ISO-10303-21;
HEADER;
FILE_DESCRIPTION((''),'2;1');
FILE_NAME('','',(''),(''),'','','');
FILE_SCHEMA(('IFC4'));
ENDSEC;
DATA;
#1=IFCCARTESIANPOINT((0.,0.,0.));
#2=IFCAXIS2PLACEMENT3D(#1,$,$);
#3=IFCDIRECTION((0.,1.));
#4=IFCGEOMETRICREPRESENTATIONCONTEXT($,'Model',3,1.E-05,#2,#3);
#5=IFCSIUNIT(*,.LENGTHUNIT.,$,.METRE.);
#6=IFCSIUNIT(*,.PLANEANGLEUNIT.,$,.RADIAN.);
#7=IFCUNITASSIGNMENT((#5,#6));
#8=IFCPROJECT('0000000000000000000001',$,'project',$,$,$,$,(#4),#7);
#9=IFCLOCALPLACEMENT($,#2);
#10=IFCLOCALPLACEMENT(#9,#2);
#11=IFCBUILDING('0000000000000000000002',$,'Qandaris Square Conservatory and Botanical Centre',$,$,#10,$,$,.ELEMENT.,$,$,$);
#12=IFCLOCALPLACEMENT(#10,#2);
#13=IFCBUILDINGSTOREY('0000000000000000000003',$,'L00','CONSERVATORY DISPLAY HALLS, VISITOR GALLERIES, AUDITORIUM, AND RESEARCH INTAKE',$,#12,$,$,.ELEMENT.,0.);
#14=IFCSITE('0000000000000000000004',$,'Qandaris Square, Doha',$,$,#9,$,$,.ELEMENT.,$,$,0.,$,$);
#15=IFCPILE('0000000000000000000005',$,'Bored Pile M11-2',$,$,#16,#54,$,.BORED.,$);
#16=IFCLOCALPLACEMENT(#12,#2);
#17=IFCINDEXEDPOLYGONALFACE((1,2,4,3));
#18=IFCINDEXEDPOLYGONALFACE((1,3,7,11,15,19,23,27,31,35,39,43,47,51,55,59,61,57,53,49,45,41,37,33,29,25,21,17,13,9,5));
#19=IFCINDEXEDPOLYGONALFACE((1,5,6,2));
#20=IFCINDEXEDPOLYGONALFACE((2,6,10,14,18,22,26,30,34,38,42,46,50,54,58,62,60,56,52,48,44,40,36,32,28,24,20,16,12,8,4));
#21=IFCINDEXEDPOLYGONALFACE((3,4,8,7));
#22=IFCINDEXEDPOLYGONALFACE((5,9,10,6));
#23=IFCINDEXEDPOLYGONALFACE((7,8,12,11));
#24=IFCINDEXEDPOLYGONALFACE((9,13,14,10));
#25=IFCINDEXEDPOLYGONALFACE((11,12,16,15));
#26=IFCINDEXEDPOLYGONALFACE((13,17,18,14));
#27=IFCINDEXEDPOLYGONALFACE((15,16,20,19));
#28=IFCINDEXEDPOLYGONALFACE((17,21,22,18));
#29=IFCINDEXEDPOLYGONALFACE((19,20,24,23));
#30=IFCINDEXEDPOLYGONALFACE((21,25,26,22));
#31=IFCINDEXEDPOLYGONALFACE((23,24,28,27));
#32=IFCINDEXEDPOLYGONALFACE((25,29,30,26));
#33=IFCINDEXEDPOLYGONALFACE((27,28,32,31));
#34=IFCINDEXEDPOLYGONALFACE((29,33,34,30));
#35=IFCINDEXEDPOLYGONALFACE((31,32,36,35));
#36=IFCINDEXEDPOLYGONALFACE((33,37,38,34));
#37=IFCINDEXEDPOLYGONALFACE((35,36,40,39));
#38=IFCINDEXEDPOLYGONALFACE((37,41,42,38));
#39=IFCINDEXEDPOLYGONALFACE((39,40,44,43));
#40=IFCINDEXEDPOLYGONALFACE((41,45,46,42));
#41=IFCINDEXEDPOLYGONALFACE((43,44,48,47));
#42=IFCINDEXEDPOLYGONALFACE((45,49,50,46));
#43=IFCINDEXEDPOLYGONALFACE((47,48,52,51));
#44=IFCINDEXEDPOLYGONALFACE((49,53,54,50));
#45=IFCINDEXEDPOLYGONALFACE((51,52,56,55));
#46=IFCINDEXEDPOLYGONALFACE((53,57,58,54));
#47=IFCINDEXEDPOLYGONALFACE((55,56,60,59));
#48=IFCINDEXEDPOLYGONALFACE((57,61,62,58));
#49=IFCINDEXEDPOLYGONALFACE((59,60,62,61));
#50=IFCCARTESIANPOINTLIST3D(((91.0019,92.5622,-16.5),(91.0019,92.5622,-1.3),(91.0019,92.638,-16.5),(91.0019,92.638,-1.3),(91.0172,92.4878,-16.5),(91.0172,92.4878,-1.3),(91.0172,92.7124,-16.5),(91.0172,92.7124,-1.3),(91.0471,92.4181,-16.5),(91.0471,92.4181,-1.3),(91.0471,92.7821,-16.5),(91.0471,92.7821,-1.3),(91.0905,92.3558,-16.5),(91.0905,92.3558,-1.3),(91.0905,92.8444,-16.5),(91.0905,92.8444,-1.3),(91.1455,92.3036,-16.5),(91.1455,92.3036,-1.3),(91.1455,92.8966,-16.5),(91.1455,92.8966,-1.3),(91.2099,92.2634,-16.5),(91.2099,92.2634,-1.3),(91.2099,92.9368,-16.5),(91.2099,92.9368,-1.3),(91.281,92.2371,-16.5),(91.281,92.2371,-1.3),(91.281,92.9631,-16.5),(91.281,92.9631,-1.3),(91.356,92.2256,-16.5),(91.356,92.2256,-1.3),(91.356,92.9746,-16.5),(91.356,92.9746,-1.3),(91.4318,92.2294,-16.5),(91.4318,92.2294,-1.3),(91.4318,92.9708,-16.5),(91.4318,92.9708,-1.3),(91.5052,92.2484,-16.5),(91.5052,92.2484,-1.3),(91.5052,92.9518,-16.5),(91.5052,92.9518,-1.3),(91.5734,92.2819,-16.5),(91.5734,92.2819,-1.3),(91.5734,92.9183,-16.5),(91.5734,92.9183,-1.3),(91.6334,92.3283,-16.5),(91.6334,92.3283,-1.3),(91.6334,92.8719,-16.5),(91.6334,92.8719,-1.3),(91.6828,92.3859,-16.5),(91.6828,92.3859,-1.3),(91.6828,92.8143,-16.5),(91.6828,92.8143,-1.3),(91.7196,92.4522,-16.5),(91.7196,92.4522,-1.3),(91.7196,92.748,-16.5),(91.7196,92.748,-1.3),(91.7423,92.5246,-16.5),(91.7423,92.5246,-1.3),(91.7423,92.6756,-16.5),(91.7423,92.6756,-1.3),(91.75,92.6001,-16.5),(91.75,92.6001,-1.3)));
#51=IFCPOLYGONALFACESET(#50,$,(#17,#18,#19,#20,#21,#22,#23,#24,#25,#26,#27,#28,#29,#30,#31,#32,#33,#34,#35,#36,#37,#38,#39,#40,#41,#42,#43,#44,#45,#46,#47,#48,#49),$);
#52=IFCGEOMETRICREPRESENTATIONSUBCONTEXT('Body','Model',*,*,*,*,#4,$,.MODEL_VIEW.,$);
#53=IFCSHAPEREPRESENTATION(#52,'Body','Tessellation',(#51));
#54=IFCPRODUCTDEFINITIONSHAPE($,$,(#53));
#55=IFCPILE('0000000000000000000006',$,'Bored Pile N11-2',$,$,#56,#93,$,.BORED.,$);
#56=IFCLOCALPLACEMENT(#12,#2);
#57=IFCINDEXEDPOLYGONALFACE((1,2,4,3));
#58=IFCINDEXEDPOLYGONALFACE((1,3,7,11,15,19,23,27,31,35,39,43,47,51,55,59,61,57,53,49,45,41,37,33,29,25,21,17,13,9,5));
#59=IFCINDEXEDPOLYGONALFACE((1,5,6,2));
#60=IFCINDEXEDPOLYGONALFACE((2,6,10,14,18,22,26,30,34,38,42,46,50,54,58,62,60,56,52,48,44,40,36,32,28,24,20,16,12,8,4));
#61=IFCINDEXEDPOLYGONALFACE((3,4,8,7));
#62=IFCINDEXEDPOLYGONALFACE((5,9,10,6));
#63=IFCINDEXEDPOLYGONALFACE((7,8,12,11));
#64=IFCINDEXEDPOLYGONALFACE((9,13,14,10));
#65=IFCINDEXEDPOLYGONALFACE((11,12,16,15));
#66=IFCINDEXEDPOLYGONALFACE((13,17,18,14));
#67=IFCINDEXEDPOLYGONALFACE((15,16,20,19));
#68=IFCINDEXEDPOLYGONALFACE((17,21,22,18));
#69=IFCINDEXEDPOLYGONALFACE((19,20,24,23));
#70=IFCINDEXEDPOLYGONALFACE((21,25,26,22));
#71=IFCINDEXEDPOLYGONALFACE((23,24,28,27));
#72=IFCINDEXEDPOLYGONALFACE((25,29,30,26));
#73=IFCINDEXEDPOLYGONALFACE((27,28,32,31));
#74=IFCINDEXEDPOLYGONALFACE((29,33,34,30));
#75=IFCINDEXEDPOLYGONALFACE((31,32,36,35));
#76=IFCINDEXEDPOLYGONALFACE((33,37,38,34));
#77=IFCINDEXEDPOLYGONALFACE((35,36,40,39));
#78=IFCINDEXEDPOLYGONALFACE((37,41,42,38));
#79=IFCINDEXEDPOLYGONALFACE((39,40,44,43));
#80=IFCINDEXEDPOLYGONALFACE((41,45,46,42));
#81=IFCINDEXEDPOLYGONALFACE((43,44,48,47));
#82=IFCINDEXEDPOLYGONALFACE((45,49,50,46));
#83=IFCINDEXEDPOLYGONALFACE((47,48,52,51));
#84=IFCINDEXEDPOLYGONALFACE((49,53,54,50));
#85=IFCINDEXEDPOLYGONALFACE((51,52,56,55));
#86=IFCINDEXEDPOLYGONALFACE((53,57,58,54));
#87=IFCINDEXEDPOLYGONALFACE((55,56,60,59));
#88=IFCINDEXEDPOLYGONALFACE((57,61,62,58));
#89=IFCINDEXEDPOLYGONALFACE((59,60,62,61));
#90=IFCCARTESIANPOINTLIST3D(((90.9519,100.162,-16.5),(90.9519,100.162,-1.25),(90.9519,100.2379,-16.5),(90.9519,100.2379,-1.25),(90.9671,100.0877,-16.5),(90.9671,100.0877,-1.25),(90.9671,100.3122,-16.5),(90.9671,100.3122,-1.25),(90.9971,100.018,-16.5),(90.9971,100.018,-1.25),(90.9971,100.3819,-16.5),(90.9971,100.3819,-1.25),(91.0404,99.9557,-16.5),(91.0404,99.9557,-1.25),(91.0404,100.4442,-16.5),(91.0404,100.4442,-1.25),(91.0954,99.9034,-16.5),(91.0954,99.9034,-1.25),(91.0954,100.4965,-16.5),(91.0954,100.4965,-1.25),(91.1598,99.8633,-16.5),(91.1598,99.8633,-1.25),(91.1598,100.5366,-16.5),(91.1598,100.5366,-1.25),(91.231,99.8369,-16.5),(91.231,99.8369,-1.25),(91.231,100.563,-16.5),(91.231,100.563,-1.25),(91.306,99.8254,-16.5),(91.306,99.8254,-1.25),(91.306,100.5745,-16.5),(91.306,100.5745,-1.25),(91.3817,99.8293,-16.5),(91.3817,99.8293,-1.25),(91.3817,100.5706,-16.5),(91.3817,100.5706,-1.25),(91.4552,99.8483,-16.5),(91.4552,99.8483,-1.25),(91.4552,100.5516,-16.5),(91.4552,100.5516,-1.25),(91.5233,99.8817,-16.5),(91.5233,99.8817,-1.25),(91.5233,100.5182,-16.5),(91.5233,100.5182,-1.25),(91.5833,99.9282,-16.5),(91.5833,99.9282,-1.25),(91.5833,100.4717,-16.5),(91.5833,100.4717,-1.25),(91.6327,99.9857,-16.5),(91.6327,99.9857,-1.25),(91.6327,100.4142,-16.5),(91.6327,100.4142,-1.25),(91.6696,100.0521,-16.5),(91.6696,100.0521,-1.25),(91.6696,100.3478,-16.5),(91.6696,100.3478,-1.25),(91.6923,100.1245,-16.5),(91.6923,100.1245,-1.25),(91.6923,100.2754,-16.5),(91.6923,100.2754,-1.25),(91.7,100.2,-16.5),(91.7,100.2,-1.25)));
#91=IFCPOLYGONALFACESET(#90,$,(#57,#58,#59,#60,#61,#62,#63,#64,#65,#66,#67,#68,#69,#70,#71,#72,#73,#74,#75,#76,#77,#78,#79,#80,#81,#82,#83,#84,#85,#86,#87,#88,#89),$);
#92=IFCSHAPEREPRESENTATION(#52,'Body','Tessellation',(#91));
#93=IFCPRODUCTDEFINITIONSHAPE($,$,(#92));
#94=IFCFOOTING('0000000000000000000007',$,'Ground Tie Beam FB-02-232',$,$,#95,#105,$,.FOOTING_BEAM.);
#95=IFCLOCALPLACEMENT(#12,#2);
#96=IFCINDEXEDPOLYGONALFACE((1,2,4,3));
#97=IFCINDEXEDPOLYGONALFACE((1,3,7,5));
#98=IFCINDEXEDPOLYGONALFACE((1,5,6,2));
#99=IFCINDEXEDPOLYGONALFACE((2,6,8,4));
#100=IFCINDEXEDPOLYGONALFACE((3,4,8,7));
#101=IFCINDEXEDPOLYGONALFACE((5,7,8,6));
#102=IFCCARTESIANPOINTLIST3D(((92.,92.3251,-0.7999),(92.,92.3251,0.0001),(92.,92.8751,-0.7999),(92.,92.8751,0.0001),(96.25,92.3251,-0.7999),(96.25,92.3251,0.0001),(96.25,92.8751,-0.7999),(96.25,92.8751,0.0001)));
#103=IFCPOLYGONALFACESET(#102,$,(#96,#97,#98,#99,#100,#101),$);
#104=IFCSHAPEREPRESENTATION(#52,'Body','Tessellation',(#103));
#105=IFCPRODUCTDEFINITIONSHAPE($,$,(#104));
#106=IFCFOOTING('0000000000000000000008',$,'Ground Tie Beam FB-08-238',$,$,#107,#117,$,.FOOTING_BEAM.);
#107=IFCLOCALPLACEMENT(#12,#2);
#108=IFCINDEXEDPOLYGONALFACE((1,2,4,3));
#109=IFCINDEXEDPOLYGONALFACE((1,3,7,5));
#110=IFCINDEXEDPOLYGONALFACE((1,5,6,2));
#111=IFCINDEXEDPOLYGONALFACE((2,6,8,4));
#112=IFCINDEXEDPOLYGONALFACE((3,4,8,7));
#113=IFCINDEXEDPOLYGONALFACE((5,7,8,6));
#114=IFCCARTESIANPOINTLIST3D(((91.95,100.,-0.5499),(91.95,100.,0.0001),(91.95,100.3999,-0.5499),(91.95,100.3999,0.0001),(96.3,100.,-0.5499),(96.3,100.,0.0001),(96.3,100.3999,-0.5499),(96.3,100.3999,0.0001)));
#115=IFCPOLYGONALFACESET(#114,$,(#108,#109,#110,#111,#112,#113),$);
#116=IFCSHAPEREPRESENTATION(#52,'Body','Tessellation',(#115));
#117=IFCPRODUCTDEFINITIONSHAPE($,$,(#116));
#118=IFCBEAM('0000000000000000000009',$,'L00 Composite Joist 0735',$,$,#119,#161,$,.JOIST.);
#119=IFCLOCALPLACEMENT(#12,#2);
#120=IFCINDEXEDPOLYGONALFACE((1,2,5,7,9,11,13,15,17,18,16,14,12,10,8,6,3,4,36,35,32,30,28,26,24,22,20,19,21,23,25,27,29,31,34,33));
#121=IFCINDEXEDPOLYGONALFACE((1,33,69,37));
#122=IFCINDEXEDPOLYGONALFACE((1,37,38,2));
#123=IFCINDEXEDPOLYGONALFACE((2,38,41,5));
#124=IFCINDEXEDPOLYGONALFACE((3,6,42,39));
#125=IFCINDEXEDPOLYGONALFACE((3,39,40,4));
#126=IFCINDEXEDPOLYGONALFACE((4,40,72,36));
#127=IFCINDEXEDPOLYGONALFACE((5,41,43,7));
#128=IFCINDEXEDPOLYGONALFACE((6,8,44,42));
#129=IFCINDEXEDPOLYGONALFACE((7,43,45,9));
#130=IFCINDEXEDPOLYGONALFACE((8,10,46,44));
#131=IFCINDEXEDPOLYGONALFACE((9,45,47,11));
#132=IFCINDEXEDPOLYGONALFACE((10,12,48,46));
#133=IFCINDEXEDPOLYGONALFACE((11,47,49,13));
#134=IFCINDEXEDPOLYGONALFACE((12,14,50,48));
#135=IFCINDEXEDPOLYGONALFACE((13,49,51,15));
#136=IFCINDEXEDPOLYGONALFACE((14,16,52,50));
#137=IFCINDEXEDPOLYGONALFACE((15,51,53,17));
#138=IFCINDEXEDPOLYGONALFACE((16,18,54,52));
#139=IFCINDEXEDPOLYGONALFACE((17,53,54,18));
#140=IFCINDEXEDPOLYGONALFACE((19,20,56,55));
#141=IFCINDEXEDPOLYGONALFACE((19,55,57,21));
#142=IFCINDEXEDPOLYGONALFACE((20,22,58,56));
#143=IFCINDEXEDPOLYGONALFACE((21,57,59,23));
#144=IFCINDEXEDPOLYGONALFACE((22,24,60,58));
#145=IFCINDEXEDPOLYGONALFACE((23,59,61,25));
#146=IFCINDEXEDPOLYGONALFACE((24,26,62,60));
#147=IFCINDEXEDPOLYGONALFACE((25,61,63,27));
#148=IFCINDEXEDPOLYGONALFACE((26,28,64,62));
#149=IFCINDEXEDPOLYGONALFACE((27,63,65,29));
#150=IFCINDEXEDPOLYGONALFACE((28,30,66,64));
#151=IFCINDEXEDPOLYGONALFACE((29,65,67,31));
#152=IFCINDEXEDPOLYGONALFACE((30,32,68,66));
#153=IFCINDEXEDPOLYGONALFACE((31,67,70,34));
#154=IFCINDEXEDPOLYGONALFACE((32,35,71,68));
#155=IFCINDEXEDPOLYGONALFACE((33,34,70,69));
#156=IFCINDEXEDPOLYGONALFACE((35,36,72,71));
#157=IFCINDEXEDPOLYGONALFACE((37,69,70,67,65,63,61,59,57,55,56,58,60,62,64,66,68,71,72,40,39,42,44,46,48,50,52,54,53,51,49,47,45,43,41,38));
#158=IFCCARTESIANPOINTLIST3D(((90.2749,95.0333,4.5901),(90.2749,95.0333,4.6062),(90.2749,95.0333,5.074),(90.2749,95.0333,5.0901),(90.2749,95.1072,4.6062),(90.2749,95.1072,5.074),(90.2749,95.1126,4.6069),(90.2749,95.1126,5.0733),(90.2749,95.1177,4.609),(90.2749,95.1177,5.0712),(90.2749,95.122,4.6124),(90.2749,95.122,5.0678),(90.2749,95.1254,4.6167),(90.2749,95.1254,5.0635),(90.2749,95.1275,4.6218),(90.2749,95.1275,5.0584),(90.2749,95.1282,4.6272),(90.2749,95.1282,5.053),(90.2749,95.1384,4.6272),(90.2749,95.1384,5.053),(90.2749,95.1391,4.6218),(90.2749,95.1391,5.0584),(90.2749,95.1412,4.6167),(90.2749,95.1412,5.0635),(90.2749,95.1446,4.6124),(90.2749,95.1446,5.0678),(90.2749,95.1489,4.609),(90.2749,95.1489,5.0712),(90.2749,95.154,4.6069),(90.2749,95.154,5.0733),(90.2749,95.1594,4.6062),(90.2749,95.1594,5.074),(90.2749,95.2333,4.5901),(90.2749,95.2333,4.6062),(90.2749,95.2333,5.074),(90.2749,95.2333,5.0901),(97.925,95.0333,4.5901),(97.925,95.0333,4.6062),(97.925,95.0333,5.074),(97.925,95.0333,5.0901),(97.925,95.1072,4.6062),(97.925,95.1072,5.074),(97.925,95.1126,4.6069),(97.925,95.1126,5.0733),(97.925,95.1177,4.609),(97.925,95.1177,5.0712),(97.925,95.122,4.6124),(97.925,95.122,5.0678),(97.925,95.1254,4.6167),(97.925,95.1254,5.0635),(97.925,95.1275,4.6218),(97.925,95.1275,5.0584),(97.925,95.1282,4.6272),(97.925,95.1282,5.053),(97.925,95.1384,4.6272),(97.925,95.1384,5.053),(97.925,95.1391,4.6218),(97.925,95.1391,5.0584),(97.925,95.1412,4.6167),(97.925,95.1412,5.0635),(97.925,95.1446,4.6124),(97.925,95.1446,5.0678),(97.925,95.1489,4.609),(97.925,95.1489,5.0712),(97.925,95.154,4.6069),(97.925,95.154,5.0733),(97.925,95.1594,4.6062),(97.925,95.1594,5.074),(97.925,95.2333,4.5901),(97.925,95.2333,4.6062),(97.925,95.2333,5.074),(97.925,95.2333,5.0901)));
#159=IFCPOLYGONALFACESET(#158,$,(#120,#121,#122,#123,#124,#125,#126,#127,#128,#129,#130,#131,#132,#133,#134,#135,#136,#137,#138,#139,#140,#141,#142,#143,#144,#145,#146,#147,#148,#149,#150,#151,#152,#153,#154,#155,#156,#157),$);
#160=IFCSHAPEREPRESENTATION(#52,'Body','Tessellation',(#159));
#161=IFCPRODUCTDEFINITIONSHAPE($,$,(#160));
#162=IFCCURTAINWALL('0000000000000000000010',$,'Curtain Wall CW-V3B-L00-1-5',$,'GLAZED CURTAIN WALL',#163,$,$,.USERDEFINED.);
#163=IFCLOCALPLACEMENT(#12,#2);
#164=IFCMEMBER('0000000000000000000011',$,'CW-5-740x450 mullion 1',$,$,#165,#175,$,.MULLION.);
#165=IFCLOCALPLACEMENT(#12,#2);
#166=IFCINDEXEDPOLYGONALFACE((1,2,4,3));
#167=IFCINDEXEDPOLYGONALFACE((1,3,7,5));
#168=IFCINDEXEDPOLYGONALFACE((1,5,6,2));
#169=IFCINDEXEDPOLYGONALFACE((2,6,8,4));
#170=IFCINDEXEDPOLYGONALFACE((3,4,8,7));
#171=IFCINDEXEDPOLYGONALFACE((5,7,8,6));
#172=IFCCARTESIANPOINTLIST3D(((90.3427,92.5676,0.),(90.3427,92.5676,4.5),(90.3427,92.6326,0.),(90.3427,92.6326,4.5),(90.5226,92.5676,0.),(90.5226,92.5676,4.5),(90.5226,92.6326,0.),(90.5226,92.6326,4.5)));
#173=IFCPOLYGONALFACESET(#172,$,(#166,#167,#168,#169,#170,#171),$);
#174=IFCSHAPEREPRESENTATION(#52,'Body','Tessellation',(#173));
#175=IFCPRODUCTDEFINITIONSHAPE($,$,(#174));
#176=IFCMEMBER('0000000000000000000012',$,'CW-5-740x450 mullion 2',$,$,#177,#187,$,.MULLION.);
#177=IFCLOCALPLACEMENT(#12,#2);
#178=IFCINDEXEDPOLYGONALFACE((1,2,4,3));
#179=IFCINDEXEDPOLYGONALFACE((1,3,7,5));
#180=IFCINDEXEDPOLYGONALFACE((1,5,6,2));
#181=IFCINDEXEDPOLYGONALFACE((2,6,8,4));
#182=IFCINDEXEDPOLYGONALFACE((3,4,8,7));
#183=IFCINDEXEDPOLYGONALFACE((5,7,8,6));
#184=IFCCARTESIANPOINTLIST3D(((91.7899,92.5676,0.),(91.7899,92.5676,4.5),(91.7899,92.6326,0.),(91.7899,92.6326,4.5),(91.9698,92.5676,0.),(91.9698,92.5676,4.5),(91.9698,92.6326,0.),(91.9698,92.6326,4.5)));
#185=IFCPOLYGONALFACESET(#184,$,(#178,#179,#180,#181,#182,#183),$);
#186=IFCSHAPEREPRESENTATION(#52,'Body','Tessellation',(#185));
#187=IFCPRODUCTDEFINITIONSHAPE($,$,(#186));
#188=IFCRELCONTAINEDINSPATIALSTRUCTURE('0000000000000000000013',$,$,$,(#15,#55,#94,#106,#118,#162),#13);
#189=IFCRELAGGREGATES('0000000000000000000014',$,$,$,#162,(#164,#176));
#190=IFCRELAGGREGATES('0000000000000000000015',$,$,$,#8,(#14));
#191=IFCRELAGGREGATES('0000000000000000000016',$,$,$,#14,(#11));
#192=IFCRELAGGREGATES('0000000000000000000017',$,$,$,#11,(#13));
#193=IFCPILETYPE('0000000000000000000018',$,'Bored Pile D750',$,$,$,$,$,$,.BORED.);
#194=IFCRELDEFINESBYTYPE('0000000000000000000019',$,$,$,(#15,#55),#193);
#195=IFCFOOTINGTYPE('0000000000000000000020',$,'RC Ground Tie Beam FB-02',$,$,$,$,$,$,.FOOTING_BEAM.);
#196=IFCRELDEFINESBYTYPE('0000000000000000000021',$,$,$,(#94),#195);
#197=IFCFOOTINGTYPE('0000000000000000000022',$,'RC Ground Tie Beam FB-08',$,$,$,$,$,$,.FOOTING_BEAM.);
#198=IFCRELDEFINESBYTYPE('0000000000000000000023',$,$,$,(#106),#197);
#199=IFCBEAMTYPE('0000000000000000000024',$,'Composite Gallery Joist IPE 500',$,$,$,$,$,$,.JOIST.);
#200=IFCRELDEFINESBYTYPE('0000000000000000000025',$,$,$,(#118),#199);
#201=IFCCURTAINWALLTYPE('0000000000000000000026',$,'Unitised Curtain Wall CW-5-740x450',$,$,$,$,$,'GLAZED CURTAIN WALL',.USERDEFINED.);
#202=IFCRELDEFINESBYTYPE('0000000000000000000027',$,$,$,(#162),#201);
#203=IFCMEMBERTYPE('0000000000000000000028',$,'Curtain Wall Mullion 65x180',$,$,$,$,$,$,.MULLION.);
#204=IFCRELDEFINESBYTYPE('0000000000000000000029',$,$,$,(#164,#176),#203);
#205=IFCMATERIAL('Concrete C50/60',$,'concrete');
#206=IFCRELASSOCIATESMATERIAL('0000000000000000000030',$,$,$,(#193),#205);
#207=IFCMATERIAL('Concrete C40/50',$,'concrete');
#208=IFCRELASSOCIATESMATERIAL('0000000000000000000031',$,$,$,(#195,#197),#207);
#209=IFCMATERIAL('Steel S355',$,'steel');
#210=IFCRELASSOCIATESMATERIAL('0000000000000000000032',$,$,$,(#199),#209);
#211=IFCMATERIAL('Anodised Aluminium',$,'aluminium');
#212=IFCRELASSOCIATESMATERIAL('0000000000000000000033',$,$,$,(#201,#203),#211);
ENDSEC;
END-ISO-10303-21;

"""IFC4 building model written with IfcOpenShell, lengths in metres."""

from ifc_helpers import new_model, si_unit, direction, frame, origin, origin_2d, place, context, subcontext, project, spatial, rectangle, circle, i_section, extrude, material, material_profile, profile_set, type_object, element, aggregate, save


model = new_model("IFC4")

# Units and contexts
model_context = context("Model", 3, precision=1e-05, world=origin(), true_north=direction((0.0, 1.0)))
body_context = subcontext(model_context, "Body", "Model", "MODEL_VIEW")
ifc_project = project(units=[si_unit("LENGTHUNIT", "METRE"), si_unit("PLANEANGLEUNIT", "RADIAN")], contexts=[model_context])

# Site, building, storey
site_placement = place(None, origin())
site = spatial("IfcSite", under=ifc_project, at=site_placement, Name="Qandaris Square, Doha", CompositionType="ELEMENT", RefElevation=0.0)
building_placement = place(site_placement, origin())
building = spatial("IfcBuilding", under=site, at=building_placement, Name="Qandaris Square Conservatory and Botanical Centre", CompositionType="ELEMENT")
storey_placement = place(building_placement, origin())
storey = spatial("IfcBuildingStorey", under=building, at=storey_placement, Name="L00", Description="CONSERVATORY DISPLAY HALLS, VISITOR GALLERIES, AUDITORIUM, AND RESEARCH INTAKE", CompositionType="ELEMENT", Elevation=0.0)

# Piles
ifc_material_1 = material(Name="Concrete C50/60", Category="concrete")
ifc_material_profile_1 = material_profile(ifc_material_1, circle(Radius=0.375, at=origin_2d()), Name="PILE D750")
ifc_profile_set_1 = profile_set([ifc_material_profile_1], Name="Concrete C50/60")
pile_type = type_object("IfcPileType", Name="Bored Pile D750", PredefinedType="BORED", material=ifc_profile_set_1)
pile_1_placement = place(storey_placement, frame((91.375, 92.6001, -1.3), z_axis=(0.0, 0.0, -1.0), x_axis=(1.0, 0.0, 0.0)))
element("IfcPile", 1, at=pile_1_placement, inside=storey, type_object=pile_type, Name="Bored Pile M11-2", PredefinedType="BORED", context=body_context, shape_type="SweptSolid", body=[
    extrude(circle(Radius=0.375, at=origin_2d()), origin(), (0.0, 0.0, 1.0), 15.2),
])
pile_2_placement = place(storey_placement, frame((91.325, 100.2, -1.25), z_axis=(0.0, 0.0, -1.0), x_axis=(1.0, 0.0, 0.0)))
element("IfcPile", 2, at=pile_2_placement, inside=storey, type_object=pile_type, Name="Bored Pile N11-2", PredefinedType="BORED", context=body_context, shape_type="SweptSolid", body=[
    extrude(circle(Radius=0.375, at=origin_2d()), origin(), (0.0, 0.0, 1.0), 15.25),
])

# Footings
ifc_material_2 = material(Name="Concrete C40/50", Category="concrete")
ifc_material_profile_2 = material_profile(ifc_material_2, rectangle(XDim=0.55, YDim=0.8, at=origin_2d()), Name="FB 550x800")
ifc_profile_set_2 = profile_set([ifc_material_profile_2], Name="Concrete C40/50")
footing_type_1 = type_object("IfcFootingType", Name="RC Ground Tie Beam FB-02", PredefinedType="FOOTING_BEAM", material=ifc_profile_set_2)
footing_1_placement = place(storey_placement, frame((92.0, 92.6001, -0.3999), z_axis=(1.0, 0.0, 0.0), x_axis=(0.0, 1.0, 0.0)))
element("IfcFooting", 3, at=footing_1_placement, inside=storey, type_object=footing_type_1, Name="Ground Tie Beam FB-02-232", PredefinedType="FOOTING_BEAM", context=body_context, shape_type="SweptSolid", body=[
    extrude(rectangle(XDim=0.55, YDim=0.8, at=origin_2d()), origin(), (0.0, 0.0, 1.0), 4.25),
])
ifc_material_profile_3 = material_profile(ifc_material_2, rectangle(XDim=0.3999, YDim=0.55, at=origin_2d()), Name="FB 400x550")
ifc_profile_set_3 = profile_set([ifc_material_profile_3], Name="Concrete C40/50")
footing_type_2 = type_object("IfcFootingType", Name="RC Ground Tie Beam FB-08", PredefinedType="FOOTING_BEAM", material=ifc_profile_set_3)
footing_2_placement = place(storey_placement, frame((91.95, 100.2, -0.2749), z_axis=(1.0, 0.0, 0.0), x_axis=(0.0, 1.0, 0.0)))
element("IfcFooting", 4, at=footing_2_placement, inside=storey, type_object=footing_type_2, Name="Ground Tie Beam FB-08-238", PredefinedType="FOOTING_BEAM", context=body_context, shape_type="SweptSolid", body=[
    extrude(rectangle(XDim=0.3999, YDim=0.55, at=origin_2d()), origin(), (0.0, 0.0, 1.0), 4.3501),
])

# Beam
ifc_material_3 = material(Name="Steel S355", Category="steel")
ifc_material_profile_4 = material_profile(ifc_material_3, i_section(OverallWidth=0.2, OverallDepth=0.5, WebThickness=0.0103, FlangeThickness=0.0161, FilletRadius=0.021, at=origin_2d()), Name="IPE 500")
ifc_profile_set_4 = profile_set([ifc_material_profile_4], Name="Steel S355")
beam_type_1 = type_object("IfcBeamType", Name="Composite Gallery Joist IPE 500", PredefinedType="JOIST", material=ifc_profile_set_4)
beam_1_placement = place(storey_placement, frame((90.2749, 95.1333, 4.8401), z_axis=(1.0, 0.0, 0.0), x_axis=(0.0, 1.0, 0.0)))
element("IfcBeam", 5, at=beam_1_placement, inside=storey, type_object=beam_type_1, Name="L00 Composite Joist 0735", PredefinedType="JOIST", context=body_context, shape_type="SweptSolid", body=[
    extrude(i_section(OverallWidth=0.2, OverallDepth=0.5, WebThickness=0.0103, FlangeThickness=0.0161, FilletRadius=0.021, at=origin_2d()), origin(), (0.0, 0.0, 1.0), 7.6501),
])

# Curtain wall, members
ifc_material_4 = material(Name="Anodised Aluminium", Category="aluminium")
curtain_wall_type = type_object("IfcCurtainWallType", Name="Unitised Curtain Wall CW-5-740x450", ElementType="GLAZED CURTAIN WALL", PredefinedType="USERDEFINED", material=ifc_material_4)
curtain_wall_placement = place(storey_placement, origin())
curtain_wall = element("IfcCurtainWall", 6, at=curtain_wall_placement, inside=storey, type_object=curtain_wall_type, Name="Curtain Wall CW-V3B-L00-1-5", ObjectType="GLAZED CURTAIN WALL", PredefinedType="USERDEFINED")
ifc_material_profile_5 = material_profile(ifc_material_4, rectangle(XDim=0.0649, YDim=0.1799, at=origin_2d()), Name="ALU-MUL 65x180")
ifc_profile_set_5 = profile_set([ifc_material_profile_5], Name="Anodised Aluminium")
member_type_1 = type_object("IfcMemberType", Name="Curtain Wall Mullion 65x180", PredefinedType="MULLION", material=ifc_profile_set_5)
member_1_placement = place(storey_placement, frame((90.4326, 92.6001, 0.0), z_axis=(0.0, 0.0, 1.0), x_axis=(0.0, 1.0, 0.0)))
member_1 = element("IfcMember", 7, at=member_1_placement, type_object=member_type_1, Name="CW-5-740x450 mullion 1", PredefinedType="MULLION", context=body_context, shape_type="SweptSolid", body=[
    extrude(rectangle(XDim=0.0649, YDim=0.1799, at=origin_2d()), origin(), (0.0, 0.0, 1.0), 4.5),
])
member_2_placement = place(storey_placement, frame((91.8799, 92.6001, 0.0), z_axis=(0.0, 0.0, 1.0), x_axis=(0.0, 1.0, 0.0)))
member_2 = element("IfcMember", 8, at=member_2_placement, type_object=member_type_1, Name="CW-5-740x450 mullion 2", PredefinedType="MULLION", context=body_context, shape_type="SweptSolid", body=[
    extrude(rectangle(XDim=0.0649, YDim=0.1799, at=origin_2d()), origin(), (0.0, 0.0, 1.0), 4.5),
])

aggregate(curtain_wall, [member_1, member_2])

save(model, "model.ifc")
